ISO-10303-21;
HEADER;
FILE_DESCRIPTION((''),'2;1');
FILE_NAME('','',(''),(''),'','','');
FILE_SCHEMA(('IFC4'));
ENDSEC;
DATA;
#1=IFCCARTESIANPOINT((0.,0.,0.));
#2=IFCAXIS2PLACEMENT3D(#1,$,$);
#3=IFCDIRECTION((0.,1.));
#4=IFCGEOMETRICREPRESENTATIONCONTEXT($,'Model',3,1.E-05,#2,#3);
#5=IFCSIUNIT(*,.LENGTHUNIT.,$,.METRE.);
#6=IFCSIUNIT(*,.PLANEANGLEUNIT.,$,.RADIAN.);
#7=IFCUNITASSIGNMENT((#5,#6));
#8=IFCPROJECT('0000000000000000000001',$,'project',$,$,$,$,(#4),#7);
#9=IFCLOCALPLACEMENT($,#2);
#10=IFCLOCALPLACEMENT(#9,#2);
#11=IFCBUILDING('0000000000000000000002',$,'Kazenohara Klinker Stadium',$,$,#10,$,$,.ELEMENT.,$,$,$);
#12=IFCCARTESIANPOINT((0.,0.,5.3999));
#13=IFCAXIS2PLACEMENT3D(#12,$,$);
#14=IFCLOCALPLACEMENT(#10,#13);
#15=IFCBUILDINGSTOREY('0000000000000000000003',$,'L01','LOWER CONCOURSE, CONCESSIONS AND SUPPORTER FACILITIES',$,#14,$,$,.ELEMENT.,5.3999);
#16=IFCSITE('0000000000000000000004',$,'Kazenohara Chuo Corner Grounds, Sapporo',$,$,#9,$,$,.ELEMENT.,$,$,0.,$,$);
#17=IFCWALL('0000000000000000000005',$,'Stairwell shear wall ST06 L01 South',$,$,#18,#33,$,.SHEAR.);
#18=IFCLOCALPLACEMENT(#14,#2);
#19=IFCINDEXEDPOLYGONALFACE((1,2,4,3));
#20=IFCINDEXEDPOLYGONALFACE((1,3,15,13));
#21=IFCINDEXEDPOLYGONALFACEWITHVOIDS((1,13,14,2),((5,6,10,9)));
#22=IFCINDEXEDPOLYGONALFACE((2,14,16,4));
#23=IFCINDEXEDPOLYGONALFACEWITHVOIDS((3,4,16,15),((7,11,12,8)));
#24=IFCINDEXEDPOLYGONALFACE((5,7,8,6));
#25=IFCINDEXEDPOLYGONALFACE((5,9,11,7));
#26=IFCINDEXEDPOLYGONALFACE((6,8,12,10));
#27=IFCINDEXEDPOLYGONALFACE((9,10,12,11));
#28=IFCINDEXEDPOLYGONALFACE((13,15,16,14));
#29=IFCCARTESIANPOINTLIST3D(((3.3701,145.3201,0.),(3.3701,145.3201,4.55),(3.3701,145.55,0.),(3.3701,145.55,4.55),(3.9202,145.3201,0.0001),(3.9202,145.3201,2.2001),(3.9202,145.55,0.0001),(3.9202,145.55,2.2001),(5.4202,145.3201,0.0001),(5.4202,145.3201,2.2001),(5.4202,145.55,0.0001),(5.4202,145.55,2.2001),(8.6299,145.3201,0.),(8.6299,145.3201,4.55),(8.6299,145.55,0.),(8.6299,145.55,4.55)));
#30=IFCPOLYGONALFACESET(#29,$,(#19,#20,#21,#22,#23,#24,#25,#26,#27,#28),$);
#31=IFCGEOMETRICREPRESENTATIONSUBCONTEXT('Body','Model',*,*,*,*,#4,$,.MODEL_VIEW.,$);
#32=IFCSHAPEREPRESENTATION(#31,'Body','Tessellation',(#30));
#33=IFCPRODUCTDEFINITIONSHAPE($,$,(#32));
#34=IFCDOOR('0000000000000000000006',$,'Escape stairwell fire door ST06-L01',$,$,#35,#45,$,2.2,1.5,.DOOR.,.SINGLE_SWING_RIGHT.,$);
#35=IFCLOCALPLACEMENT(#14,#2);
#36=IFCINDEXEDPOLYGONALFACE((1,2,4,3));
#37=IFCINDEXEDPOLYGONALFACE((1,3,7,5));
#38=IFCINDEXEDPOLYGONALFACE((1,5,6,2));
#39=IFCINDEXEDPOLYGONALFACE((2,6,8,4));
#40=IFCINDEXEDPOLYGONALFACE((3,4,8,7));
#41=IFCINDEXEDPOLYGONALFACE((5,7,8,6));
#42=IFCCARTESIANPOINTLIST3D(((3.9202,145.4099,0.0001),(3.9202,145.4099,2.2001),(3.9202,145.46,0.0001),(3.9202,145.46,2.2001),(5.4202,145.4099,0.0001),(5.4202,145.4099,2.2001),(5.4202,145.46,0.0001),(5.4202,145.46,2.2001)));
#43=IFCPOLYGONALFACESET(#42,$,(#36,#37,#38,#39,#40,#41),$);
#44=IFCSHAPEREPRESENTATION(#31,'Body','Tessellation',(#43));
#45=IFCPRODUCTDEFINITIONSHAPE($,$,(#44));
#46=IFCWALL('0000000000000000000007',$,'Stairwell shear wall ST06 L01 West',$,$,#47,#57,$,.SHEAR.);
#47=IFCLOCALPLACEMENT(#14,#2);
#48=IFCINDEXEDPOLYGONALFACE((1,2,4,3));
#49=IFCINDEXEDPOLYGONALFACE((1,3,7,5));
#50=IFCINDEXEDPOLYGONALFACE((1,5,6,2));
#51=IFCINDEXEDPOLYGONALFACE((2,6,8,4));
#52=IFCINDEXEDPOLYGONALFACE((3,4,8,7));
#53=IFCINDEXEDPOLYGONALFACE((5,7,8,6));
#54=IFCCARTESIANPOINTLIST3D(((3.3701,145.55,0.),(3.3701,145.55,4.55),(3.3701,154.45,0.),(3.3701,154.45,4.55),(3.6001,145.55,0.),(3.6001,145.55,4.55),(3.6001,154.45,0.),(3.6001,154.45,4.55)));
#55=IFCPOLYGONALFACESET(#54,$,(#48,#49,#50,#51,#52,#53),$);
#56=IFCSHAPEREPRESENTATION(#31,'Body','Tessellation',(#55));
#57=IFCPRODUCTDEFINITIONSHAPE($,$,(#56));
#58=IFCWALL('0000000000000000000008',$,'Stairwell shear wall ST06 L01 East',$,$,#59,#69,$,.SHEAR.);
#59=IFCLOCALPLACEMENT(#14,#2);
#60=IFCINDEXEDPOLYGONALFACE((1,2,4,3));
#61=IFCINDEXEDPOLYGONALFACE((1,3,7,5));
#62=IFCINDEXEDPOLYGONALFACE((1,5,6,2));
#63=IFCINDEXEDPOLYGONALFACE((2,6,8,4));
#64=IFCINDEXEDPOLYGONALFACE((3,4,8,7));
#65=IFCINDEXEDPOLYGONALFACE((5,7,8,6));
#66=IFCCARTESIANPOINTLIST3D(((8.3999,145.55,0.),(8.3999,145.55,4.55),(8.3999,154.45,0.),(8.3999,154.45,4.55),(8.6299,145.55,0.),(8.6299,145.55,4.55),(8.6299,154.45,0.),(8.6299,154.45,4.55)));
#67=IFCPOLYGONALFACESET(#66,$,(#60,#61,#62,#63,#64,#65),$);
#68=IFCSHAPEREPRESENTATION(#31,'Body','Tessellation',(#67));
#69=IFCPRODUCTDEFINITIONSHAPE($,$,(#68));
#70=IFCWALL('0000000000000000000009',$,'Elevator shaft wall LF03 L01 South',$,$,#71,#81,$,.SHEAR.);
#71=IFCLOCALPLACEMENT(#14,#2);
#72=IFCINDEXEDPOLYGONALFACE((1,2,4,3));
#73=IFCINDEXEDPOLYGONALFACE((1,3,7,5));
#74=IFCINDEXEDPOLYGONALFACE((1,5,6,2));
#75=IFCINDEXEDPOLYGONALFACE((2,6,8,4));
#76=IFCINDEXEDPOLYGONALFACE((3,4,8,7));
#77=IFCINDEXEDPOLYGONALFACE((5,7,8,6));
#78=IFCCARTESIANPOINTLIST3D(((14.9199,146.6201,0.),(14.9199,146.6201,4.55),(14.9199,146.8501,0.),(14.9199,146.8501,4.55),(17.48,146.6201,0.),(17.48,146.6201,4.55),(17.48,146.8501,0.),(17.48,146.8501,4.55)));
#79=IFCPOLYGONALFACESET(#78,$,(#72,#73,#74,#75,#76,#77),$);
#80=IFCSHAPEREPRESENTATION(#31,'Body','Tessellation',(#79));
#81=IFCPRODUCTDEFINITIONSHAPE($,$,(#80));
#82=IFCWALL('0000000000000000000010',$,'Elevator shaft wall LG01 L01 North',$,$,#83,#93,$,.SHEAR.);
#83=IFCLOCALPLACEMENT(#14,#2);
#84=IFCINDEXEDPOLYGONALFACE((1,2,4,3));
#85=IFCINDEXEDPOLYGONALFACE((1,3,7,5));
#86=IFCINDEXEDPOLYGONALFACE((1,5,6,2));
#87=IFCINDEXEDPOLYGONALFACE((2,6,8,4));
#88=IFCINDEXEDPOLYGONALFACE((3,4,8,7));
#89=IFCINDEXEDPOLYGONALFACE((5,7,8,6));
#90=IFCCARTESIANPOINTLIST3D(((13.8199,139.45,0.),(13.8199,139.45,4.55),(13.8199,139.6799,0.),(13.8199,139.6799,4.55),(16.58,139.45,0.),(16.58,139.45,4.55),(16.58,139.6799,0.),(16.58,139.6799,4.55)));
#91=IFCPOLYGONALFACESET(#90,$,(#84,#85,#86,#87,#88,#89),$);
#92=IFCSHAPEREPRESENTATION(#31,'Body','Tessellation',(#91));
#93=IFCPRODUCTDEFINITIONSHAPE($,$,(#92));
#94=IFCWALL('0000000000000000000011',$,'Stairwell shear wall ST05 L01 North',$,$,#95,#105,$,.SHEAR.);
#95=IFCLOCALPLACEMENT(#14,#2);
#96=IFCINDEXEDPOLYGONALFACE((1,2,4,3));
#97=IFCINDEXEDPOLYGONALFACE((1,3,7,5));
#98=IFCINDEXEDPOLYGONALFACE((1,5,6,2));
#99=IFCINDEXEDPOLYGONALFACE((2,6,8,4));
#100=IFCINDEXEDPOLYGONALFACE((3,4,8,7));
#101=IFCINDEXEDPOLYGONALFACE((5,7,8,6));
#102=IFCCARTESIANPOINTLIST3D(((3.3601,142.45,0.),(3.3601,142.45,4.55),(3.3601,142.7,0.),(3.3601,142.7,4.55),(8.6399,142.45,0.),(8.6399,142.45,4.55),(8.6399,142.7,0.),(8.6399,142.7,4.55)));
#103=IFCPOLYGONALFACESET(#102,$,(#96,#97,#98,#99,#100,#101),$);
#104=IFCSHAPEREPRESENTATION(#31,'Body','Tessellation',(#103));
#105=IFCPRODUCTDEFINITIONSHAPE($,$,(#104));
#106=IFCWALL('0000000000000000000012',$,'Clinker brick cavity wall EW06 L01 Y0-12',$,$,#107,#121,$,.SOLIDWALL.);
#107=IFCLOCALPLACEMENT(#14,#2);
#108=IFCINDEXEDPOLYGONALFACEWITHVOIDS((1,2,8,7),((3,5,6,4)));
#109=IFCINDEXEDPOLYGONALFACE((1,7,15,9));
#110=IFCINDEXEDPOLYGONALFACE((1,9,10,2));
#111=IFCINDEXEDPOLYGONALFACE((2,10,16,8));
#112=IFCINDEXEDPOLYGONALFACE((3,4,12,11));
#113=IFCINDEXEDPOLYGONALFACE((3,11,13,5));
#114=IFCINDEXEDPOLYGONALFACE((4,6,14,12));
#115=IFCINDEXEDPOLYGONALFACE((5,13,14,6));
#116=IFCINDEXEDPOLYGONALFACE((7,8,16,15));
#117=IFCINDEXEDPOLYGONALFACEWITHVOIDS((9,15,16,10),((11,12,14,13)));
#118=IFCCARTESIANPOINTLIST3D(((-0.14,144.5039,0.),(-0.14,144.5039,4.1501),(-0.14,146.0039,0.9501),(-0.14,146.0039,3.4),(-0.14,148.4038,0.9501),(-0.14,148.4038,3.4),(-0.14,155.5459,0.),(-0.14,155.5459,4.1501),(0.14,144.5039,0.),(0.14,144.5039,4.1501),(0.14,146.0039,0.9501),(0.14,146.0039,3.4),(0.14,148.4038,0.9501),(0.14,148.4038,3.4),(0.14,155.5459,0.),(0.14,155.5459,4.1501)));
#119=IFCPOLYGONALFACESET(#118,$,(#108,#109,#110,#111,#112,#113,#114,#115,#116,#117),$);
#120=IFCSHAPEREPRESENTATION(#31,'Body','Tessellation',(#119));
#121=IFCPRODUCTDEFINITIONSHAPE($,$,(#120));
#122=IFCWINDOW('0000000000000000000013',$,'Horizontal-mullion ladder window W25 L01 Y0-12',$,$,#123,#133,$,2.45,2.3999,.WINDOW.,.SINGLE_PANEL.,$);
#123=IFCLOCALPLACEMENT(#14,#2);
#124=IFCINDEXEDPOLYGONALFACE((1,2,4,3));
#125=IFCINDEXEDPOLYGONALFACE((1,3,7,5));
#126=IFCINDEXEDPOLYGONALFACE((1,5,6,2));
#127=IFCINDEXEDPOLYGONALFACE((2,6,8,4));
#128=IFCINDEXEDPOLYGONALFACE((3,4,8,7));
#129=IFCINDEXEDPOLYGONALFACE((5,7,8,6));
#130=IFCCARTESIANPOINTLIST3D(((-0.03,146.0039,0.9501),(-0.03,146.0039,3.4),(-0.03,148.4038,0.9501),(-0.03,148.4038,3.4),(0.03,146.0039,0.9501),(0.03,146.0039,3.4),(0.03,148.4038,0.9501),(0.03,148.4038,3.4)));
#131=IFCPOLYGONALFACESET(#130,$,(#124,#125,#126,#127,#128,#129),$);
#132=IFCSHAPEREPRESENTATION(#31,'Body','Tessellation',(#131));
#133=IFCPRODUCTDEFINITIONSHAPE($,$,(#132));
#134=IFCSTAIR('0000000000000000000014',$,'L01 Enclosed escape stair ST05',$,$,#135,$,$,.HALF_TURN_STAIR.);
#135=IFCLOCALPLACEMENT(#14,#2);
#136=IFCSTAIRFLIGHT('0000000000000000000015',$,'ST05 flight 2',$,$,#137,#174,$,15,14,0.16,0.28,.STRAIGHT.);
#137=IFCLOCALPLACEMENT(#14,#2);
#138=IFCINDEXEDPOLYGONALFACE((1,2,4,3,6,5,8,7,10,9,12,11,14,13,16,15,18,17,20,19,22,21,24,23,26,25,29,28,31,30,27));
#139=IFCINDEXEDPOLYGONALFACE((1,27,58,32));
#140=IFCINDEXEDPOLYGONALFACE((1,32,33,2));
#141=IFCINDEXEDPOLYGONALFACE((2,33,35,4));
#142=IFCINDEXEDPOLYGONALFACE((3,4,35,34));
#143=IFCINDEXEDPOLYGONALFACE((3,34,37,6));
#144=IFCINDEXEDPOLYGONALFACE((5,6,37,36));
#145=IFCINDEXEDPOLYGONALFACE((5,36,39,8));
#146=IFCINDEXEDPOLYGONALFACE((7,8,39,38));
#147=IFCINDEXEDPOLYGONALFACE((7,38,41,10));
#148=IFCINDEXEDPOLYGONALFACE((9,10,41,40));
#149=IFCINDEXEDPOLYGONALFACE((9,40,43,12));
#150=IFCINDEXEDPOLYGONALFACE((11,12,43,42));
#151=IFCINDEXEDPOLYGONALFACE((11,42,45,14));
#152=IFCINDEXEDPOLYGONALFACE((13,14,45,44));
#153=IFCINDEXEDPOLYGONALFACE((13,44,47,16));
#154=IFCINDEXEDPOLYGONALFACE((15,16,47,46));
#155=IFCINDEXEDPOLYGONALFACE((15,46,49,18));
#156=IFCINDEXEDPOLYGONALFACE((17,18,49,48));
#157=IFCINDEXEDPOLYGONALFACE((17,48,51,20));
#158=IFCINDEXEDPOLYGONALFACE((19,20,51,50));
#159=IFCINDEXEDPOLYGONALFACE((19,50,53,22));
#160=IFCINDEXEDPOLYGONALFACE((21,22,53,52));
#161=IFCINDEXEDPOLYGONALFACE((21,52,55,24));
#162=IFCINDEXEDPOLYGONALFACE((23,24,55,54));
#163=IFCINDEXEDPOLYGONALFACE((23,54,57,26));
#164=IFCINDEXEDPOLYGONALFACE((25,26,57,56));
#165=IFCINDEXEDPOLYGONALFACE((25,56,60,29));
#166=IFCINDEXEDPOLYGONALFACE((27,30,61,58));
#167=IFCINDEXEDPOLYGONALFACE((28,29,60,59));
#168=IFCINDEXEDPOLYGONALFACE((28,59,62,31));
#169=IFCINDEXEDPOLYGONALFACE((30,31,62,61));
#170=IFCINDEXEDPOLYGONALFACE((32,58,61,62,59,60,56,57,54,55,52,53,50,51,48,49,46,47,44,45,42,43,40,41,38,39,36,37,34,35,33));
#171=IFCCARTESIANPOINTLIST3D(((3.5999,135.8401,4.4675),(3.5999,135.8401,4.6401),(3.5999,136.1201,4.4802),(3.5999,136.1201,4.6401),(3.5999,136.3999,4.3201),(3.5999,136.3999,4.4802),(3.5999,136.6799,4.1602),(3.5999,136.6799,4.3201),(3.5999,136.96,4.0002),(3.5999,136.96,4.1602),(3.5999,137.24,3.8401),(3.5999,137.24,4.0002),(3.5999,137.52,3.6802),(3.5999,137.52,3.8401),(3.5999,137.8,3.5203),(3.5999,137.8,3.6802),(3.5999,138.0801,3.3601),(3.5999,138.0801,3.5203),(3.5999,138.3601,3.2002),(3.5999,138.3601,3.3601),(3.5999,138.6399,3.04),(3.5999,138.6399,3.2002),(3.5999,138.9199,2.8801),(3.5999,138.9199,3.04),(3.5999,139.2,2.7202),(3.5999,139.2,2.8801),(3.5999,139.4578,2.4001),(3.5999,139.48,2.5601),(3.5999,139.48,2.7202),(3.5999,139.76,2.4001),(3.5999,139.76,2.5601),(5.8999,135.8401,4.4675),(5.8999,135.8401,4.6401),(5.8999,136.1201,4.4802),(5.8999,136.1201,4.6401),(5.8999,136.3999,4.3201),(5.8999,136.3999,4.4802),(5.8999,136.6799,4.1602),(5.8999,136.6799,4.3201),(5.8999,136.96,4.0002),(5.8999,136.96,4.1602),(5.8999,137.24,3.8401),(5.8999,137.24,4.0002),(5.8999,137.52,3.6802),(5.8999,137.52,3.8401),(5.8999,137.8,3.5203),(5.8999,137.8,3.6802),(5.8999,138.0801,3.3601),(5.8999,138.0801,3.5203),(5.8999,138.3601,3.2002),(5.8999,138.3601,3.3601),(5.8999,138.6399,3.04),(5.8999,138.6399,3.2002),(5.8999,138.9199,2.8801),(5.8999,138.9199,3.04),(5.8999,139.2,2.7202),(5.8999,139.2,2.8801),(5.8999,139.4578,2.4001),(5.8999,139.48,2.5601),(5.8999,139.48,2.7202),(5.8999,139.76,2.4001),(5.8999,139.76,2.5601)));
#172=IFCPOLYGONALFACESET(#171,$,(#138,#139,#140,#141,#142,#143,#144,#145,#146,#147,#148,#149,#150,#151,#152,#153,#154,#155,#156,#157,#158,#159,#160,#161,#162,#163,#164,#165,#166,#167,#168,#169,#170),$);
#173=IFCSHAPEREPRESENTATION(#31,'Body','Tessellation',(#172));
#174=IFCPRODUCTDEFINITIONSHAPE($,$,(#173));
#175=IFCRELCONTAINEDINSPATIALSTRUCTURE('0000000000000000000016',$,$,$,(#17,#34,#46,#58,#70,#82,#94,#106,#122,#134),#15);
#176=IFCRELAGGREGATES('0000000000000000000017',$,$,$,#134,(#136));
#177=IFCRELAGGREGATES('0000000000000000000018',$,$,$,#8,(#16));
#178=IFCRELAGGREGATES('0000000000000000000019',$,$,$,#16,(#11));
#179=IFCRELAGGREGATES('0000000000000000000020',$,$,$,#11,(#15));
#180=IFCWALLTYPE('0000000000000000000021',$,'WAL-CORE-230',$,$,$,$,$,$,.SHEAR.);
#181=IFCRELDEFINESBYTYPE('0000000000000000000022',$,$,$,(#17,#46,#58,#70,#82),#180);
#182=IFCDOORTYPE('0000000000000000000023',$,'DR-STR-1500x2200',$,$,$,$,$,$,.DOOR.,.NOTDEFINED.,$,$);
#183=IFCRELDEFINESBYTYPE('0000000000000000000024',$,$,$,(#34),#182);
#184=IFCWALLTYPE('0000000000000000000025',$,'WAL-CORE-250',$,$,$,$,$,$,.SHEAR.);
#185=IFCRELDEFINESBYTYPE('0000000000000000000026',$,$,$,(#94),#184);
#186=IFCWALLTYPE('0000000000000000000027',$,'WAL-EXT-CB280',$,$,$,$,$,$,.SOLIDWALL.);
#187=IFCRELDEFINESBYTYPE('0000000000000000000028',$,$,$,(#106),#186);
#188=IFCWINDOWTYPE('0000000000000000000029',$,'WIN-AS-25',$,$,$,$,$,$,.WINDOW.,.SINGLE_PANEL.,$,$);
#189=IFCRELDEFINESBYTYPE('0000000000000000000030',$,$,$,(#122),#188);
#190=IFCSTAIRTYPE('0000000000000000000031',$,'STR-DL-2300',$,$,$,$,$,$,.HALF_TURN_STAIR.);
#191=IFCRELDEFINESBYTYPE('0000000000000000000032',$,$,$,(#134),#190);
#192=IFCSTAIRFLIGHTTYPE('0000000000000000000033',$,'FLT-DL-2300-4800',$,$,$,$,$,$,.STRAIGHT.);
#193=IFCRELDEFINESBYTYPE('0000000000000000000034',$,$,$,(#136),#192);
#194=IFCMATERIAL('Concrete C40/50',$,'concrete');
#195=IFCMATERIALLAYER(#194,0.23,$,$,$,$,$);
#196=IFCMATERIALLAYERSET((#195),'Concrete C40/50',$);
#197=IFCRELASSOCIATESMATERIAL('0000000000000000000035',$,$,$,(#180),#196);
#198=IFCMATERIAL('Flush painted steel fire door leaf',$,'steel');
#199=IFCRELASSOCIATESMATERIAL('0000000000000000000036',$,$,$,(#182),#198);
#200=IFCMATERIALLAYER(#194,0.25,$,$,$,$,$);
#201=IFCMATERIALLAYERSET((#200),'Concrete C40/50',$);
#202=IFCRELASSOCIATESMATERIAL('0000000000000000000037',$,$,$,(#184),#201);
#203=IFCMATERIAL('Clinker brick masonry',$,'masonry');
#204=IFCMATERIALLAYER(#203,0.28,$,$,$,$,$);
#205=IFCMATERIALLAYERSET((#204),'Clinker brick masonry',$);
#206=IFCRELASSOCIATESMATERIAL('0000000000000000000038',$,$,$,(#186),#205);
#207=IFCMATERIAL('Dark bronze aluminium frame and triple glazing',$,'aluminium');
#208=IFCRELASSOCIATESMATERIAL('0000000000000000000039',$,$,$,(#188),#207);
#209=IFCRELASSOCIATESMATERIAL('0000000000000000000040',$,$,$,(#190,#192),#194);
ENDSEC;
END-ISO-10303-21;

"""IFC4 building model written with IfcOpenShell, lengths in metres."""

from ifc_helpers import new_model, si_unit, direction, frame, frame_2d, origin, place, context, subcontext, project, spatial, polyline, rectangle, outline, extrude, material, layer, layer_set, type_object, element, fill, aggregate, save


model = new_model("IFC4")

# Units and contexts
model_context = context("Model", 3, precision=1e-05, world=origin(), true_north=direction((0.0, 1.0)))
body_context = subcontext(model_context, "Body", "Model", "MODEL_VIEW")
ifc_project = project(units=[si_unit("LENGTHUNIT", "METRE"), si_unit("PLANEANGLEUNIT", "RADIAN")], contexts=[model_context])

# Site, building, storey
site_placement = place(None, origin())
site = spatial("IfcSite", under=ifc_project, at=site_placement, Name="Kazenohara Chuo Corner Grounds, Sapporo", CompositionType="ELEMENT", RefElevation=0.0)
building_placement = place(site_placement, origin())
building = spatial("IfcBuilding", under=site, at=building_placement, Name="Kazenohara Klinker Stadium", CompositionType="ELEMENT")
storey_placement = place(building_placement, frame((0.0, 0.0, 5.3999)))
storey = spatial("IfcBuildingStorey", under=building, at=storey_placement, Name="L01", Description="LOWER CONCOURSE, CONCESSIONS AND SUPPORTER FACILITIES", CompositionType="ELEMENT", Elevation=5.3999)

# Shared definitions
ifc_material_1 = material(Name="Concrete C40/50", Category="concrete")

# Wall, opening, door
ifc_layer_1 = layer(ifc_material_1, 0.23)
ifc_layer_set_1 = layer_set([ifc_layer_1], Name="Concrete C40/50")
wall_type_1 = type_object("IfcWallType", Name="WAL-CORE-230", PredefinedType="SHEAR", material=ifc_layer_set_1)
wall_1_placement = place(storey_placement, frame((3.3701, 145.4351, 0.0), z_axis=(0.0, 0.0, 1.0), x_axis=(1.0, 0.0, 0.0)))
wall_1 = element("IfcWall", 1, at=wall_1_placement, inside=storey, type_object=wall_type_1, Name="Stairwell shear wall ST06 L01 South", PredefinedType="SHEAR", context=body_context, shape_type="SweptSolid", body=[
    extrude(rectangle(XDim=5.2598, YDim=0.23, at=frame_2d((2.6299, 0.0))), origin(), (0.0, 0.0, 1.0), 4.55),
])
opening_1_placement = place(wall_1_placement, frame((0.55, 0.0, 0.0)))
opening_1 = element("IfcOpeningElement", 2, at=opening_1_placement, cuts=wall_1, PredefinedType="OPENING", context=body_context, shape_type="SweptSolid", body=[
    extrude(rectangle(XDim=1.5, YDim=2.2, at=frame_2d((0.75, 1.1001))), frame((0.0, 0.125, 0.0), z_axis=(0.0, -1.0, 0.0), x_axis=(1.0, 0.0, 0.0)), (0.0, 0.0, 1.0), 0.25),
])
ifc_material_2 = material(Name="Flush painted steel fire door leaf", Category="steel")
door_type = type_object("IfcDoorType", Name="DR-STR-1500x2200", OperationType="NOTDEFINED", PredefinedType="DOOR", material=ifc_material_2)
door_placement = place(opening_1_placement, origin())
door = element("IfcDoor", 3, at=door_placement, inside=storey, type_object=door_type, Name="Escape stairwell fire door ST06-L01", OperationType="SINGLE_SWING_RIGHT", OverallHeight=2.2, OverallWidth=1.5, PredefinedType="DOOR", context=body_context, shape_type="SweptSolid", body=[
    extrude(rectangle(XDim=1.5, YDim=2.2, at=frame_2d((0.75, 1.1001))), frame((0.0, 0.0249, 0.0), z_axis=(0.0, -1.0, 0.0), x_axis=(1.0, 0.0, 0.0)), (0.0, 0.0, 1.0), 0.05),
])
fill(opening_1, door)

# Walls
for number, where, z_axis, x_axis, name in (
    (4, (3.4851, 145.55, 0.0), (0.0, 0.0, 1.0), (0.0, 1.0, 0.0), "Stairwell shear wall ST06 L01 West"),
    (5, (8.5149, 145.55, 0.0), (0.0, 0.0, 1.0), (0.0, 1.0, 0.0), "Stairwell shear wall ST06 L01 East"),
):
    element("IfcWall", number, at=place(storey_placement, frame(where, z_axis=z_axis, x_axis=x_axis)), inside=storey, type_object=wall_type_1, Name=name, PredefinedType="SHEAR", context=body_context, shape_type="SweptSolid", body=[
        extrude(rectangle(XDim=8.8999, YDim=0.23, at=frame_2d((4.45, 0.0))), origin(), (0.0, 0.0, 1.0), 4.55),
    ])
wall_2_placement = place(storey_placement, frame((14.9199, 146.7351, 0.0), z_axis=(0.0, 0.0, 1.0), x_axis=(1.0, 0.0, 0.0)))
element("IfcWall", 6, at=wall_2_placement, inside=storey, type_object=wall_type_1, Name="Elevator shaft wall LF03 L01 South", PredefinedType="SHEAR", context=body_context, shape_type="SweptSolid", body=[
    extrude(rectangle(XDim=2.5601, YDim=0.23, at=frame_2d((1.28, 0.0))), origin(), (0.0, 0.0, 1.0), 4.55),
])
wall_3_placement = place(storey_placement, frame((13.8201, 139.5649, 0.0), z_axis=(0.0, 0.0, 1.0), x_axis=(1.0, 0.0, 0.0)))
element("IfcWall", 7, at=wall_3_placement, inside=storey, type_object=wall_type_1, Name="Elevator shaft wall LG01 L01 North", PredefinedType="SHEAR", context=body_context, shape_type="SweptSolid", body=[
    extrude(rectangle(XDim=2.76, YDim=0.23, at=frame_2d((1.3799, 0.0))), origin(), (0.0, 0.0, 1.0), 4.55),
])
ifc_layer_2 = layer(ifc_material_1, 0.25)
ifc_layer_set_2 = layer_set([ifc_layer_2], Name="Concrete C40/50")
wall_type_2 = type_object("IfcWallType", Name="WAL-CORE-250", PredefinedType="SHEAR", material=ifc_layer_set_2)
wall_4_placement = place(storey_placement, frame((3.3601, 142.575, 0.0), z_axis=(0.0, 0.0, 1.0), x_axis=(1.0, 0.0, 0.0)))
element("IfcWall", 8, at=wall_4_placement, inside=storey, type_object=wall_type_2, Name="Stairwell shear wall ST05 L01 North", PredefinedType="SHEAR", context=body_context, shape_type="SweptSolid", body=[
    extrude(rectangle(XDim=5.2798, YDim=0.25, at=frame_2d((2.6399, 0.0))), origin(), (0.0, 0.0, 1.0), 4.55),
])

# Wall, opening, window
ifc_material_3 = material(Name="Clinker brick masonry", Category="masonry")
ifc_layer_3 = layer(ifc_material_3, 0.28)
ifc_layer_set_3 = layer_set([ifc_layer_3], Name="Clinker brick masonry")
wall_type_3 = type_object("IfcWallType", Name="WAL-EXT-CB280", PredefinedType="SOLIDWALL", material=ifc_layer_set_3)
wall_5_placement = place(storey_placement, frame((0.0, 144.5039, 0.0), z_axis=(0.0, 0.0, 1.0), x_axis=(0.0, 1.0, 0.0)))
wall_5 = element("IfcWall", 9, at=wall_5_placement, inside=storey, type_object=wall_type_3, Name="Clinker brick cavity wall EW06 L01 Y0-12", PredefinedType="SOLIDWALL", context=body_context, shape_type="SweptSolid", body=[
    extrude(rectangle(XDim=11.042, YDim=0.28, at=frame_2d((5.521, 0.0))), origin(), (0.0, 0.0, 1.0), 4.1501),
])
opening_2_placement = place(wall_5_placement, frame((1.5, 0.0, 0.95)))
opening_2 = element("IfcOpeningElement", 10, at=opening_2_placement, cuts=wall_5, PredefinedType="OPENING", context=body_context, shape_type="SweptSolid", body=[
    extrude(rectangle(XDim=2.3999, YDim=2.45, at=frame_2d((1.2, 1.2251))), frame((0.0, 0.1499, 0.0), z_axis=(0.0, -1.0, 0.0), x_axis=(1.0, 0.0, 0.0)), (0.0, 0.0, 1.0), 0.3),
])
ifc_material_4 = material(Name="Dark bronze aluminium frame and triple glazing", Category="aluminium")
window_type = type_object("IfcWindowType", Name="WIN-AS-25", PartitioningType="SINGLE_PANEL", PredefinedType="WINDOW", material=ifc_material_4)
window_placement = place(opening_2_placement, origin())
window = element("IfcWindow", 11, at=window_placement, inside=storey, type_object=window_type, Name="Horizontal-mullion ladder window W25 L01 Y0-12", OverallHeight=2.45, OverallWidth=2.3999, PartitioningType="SINGLE_PANEL", PredefinedType="WINDOW", context=body_context, shape_type="SweptSolid", body=[
    extrude(rectangle(XDim=2.3999, YDim=2.45, at=frame_2d((1.2, 1.2251))), frame((0.0, 0.03, 0.0), z_axis=(0.0, -1.0, 0.0), x_axis=(1.0, 0.0, 0.0)), (0.0, 0.0, 1.0), 0.0601),
])
fill(opening_2, window)

# Stair, stair flight
stair_type = type_object("IfcStairType", Name="STR-DL-2300", PredefinedType="HALF_TURN_STAIR", material=ifc_material_1)
stair_placement = place(storey_placement, origin())
stair = element("IfcStair", 12, at=stair_placement, inside=storey, type_object=stair_type, Name="L01 Enclosed escape stair ST05", PredefinedType="HALF_TURN_STAIR")
stair_flight_type = type_object("IfcStairFlightType", Name="FLT-DL-2300-4800", PredefinedType="STRAIGHT", material=ifc_material_1)
stair_flight_placement = place(storey_placement, frame((4.75, 139.76, 2.4001), z_axis=(0.0, 0.0, 1.0), x_axis=(0.0, -1.0, 0.0)))
stair_flight = element("IfcStairFlight", 13, at=stair_flight_placement, type_object=stair_flight_type, Name="ST05 flight 2", NumberOfRisers=15, NumberOfTreads=14, PredefinedType="STRAIGHT", RiserHeight=0.16, TreadLength=0.28, context=body_context, shape_type="SweptSolid", body=[
    extrude(outline(polyline([(0.0, 0.0), (0.0, 0.1599), (0.28, 0.1599), (0.28, 0.3201), (0.5601, 0.3201), (0.5601, 0.48), (0.8401, 0.48), (0.8401, 0.6399), (1.1201, 0.6399), (1.1201, 0.8), (1.3999, 0.8), (1.3999, 0.96), (1.6799, 0.96), (1.6799, 1.1201), (1.96, 1.1201), (1.96, 1.28), (2.24, 1.28), (2.24, 1.4399), (2.52, 1.4399), (2.52, 1.6001), (2.8, 1.6001), (2.8, 1.76), (3.0801, 1.76), (3.0801, 1.9199), (3.3601, 1.9199), (3.3601, 2.0801), (3.6399, 2.0801), (3.6399, 2.24), (3.9199, 2.24), (3.9199, 2.3999), (3.9199, 2.0674), (0.3022, 0.0), (0.0, 0.0)])), frame((0.0, 1.1499, 0.0), z_axis=(0.0, -1.0, 0.0), x_axis=(1.0, 0.0, 0.0)), (0.0, 0.0, 1.0), 2.3),
])
aggregate(stair, [stair_flight])

save(model, "model.ifc")
